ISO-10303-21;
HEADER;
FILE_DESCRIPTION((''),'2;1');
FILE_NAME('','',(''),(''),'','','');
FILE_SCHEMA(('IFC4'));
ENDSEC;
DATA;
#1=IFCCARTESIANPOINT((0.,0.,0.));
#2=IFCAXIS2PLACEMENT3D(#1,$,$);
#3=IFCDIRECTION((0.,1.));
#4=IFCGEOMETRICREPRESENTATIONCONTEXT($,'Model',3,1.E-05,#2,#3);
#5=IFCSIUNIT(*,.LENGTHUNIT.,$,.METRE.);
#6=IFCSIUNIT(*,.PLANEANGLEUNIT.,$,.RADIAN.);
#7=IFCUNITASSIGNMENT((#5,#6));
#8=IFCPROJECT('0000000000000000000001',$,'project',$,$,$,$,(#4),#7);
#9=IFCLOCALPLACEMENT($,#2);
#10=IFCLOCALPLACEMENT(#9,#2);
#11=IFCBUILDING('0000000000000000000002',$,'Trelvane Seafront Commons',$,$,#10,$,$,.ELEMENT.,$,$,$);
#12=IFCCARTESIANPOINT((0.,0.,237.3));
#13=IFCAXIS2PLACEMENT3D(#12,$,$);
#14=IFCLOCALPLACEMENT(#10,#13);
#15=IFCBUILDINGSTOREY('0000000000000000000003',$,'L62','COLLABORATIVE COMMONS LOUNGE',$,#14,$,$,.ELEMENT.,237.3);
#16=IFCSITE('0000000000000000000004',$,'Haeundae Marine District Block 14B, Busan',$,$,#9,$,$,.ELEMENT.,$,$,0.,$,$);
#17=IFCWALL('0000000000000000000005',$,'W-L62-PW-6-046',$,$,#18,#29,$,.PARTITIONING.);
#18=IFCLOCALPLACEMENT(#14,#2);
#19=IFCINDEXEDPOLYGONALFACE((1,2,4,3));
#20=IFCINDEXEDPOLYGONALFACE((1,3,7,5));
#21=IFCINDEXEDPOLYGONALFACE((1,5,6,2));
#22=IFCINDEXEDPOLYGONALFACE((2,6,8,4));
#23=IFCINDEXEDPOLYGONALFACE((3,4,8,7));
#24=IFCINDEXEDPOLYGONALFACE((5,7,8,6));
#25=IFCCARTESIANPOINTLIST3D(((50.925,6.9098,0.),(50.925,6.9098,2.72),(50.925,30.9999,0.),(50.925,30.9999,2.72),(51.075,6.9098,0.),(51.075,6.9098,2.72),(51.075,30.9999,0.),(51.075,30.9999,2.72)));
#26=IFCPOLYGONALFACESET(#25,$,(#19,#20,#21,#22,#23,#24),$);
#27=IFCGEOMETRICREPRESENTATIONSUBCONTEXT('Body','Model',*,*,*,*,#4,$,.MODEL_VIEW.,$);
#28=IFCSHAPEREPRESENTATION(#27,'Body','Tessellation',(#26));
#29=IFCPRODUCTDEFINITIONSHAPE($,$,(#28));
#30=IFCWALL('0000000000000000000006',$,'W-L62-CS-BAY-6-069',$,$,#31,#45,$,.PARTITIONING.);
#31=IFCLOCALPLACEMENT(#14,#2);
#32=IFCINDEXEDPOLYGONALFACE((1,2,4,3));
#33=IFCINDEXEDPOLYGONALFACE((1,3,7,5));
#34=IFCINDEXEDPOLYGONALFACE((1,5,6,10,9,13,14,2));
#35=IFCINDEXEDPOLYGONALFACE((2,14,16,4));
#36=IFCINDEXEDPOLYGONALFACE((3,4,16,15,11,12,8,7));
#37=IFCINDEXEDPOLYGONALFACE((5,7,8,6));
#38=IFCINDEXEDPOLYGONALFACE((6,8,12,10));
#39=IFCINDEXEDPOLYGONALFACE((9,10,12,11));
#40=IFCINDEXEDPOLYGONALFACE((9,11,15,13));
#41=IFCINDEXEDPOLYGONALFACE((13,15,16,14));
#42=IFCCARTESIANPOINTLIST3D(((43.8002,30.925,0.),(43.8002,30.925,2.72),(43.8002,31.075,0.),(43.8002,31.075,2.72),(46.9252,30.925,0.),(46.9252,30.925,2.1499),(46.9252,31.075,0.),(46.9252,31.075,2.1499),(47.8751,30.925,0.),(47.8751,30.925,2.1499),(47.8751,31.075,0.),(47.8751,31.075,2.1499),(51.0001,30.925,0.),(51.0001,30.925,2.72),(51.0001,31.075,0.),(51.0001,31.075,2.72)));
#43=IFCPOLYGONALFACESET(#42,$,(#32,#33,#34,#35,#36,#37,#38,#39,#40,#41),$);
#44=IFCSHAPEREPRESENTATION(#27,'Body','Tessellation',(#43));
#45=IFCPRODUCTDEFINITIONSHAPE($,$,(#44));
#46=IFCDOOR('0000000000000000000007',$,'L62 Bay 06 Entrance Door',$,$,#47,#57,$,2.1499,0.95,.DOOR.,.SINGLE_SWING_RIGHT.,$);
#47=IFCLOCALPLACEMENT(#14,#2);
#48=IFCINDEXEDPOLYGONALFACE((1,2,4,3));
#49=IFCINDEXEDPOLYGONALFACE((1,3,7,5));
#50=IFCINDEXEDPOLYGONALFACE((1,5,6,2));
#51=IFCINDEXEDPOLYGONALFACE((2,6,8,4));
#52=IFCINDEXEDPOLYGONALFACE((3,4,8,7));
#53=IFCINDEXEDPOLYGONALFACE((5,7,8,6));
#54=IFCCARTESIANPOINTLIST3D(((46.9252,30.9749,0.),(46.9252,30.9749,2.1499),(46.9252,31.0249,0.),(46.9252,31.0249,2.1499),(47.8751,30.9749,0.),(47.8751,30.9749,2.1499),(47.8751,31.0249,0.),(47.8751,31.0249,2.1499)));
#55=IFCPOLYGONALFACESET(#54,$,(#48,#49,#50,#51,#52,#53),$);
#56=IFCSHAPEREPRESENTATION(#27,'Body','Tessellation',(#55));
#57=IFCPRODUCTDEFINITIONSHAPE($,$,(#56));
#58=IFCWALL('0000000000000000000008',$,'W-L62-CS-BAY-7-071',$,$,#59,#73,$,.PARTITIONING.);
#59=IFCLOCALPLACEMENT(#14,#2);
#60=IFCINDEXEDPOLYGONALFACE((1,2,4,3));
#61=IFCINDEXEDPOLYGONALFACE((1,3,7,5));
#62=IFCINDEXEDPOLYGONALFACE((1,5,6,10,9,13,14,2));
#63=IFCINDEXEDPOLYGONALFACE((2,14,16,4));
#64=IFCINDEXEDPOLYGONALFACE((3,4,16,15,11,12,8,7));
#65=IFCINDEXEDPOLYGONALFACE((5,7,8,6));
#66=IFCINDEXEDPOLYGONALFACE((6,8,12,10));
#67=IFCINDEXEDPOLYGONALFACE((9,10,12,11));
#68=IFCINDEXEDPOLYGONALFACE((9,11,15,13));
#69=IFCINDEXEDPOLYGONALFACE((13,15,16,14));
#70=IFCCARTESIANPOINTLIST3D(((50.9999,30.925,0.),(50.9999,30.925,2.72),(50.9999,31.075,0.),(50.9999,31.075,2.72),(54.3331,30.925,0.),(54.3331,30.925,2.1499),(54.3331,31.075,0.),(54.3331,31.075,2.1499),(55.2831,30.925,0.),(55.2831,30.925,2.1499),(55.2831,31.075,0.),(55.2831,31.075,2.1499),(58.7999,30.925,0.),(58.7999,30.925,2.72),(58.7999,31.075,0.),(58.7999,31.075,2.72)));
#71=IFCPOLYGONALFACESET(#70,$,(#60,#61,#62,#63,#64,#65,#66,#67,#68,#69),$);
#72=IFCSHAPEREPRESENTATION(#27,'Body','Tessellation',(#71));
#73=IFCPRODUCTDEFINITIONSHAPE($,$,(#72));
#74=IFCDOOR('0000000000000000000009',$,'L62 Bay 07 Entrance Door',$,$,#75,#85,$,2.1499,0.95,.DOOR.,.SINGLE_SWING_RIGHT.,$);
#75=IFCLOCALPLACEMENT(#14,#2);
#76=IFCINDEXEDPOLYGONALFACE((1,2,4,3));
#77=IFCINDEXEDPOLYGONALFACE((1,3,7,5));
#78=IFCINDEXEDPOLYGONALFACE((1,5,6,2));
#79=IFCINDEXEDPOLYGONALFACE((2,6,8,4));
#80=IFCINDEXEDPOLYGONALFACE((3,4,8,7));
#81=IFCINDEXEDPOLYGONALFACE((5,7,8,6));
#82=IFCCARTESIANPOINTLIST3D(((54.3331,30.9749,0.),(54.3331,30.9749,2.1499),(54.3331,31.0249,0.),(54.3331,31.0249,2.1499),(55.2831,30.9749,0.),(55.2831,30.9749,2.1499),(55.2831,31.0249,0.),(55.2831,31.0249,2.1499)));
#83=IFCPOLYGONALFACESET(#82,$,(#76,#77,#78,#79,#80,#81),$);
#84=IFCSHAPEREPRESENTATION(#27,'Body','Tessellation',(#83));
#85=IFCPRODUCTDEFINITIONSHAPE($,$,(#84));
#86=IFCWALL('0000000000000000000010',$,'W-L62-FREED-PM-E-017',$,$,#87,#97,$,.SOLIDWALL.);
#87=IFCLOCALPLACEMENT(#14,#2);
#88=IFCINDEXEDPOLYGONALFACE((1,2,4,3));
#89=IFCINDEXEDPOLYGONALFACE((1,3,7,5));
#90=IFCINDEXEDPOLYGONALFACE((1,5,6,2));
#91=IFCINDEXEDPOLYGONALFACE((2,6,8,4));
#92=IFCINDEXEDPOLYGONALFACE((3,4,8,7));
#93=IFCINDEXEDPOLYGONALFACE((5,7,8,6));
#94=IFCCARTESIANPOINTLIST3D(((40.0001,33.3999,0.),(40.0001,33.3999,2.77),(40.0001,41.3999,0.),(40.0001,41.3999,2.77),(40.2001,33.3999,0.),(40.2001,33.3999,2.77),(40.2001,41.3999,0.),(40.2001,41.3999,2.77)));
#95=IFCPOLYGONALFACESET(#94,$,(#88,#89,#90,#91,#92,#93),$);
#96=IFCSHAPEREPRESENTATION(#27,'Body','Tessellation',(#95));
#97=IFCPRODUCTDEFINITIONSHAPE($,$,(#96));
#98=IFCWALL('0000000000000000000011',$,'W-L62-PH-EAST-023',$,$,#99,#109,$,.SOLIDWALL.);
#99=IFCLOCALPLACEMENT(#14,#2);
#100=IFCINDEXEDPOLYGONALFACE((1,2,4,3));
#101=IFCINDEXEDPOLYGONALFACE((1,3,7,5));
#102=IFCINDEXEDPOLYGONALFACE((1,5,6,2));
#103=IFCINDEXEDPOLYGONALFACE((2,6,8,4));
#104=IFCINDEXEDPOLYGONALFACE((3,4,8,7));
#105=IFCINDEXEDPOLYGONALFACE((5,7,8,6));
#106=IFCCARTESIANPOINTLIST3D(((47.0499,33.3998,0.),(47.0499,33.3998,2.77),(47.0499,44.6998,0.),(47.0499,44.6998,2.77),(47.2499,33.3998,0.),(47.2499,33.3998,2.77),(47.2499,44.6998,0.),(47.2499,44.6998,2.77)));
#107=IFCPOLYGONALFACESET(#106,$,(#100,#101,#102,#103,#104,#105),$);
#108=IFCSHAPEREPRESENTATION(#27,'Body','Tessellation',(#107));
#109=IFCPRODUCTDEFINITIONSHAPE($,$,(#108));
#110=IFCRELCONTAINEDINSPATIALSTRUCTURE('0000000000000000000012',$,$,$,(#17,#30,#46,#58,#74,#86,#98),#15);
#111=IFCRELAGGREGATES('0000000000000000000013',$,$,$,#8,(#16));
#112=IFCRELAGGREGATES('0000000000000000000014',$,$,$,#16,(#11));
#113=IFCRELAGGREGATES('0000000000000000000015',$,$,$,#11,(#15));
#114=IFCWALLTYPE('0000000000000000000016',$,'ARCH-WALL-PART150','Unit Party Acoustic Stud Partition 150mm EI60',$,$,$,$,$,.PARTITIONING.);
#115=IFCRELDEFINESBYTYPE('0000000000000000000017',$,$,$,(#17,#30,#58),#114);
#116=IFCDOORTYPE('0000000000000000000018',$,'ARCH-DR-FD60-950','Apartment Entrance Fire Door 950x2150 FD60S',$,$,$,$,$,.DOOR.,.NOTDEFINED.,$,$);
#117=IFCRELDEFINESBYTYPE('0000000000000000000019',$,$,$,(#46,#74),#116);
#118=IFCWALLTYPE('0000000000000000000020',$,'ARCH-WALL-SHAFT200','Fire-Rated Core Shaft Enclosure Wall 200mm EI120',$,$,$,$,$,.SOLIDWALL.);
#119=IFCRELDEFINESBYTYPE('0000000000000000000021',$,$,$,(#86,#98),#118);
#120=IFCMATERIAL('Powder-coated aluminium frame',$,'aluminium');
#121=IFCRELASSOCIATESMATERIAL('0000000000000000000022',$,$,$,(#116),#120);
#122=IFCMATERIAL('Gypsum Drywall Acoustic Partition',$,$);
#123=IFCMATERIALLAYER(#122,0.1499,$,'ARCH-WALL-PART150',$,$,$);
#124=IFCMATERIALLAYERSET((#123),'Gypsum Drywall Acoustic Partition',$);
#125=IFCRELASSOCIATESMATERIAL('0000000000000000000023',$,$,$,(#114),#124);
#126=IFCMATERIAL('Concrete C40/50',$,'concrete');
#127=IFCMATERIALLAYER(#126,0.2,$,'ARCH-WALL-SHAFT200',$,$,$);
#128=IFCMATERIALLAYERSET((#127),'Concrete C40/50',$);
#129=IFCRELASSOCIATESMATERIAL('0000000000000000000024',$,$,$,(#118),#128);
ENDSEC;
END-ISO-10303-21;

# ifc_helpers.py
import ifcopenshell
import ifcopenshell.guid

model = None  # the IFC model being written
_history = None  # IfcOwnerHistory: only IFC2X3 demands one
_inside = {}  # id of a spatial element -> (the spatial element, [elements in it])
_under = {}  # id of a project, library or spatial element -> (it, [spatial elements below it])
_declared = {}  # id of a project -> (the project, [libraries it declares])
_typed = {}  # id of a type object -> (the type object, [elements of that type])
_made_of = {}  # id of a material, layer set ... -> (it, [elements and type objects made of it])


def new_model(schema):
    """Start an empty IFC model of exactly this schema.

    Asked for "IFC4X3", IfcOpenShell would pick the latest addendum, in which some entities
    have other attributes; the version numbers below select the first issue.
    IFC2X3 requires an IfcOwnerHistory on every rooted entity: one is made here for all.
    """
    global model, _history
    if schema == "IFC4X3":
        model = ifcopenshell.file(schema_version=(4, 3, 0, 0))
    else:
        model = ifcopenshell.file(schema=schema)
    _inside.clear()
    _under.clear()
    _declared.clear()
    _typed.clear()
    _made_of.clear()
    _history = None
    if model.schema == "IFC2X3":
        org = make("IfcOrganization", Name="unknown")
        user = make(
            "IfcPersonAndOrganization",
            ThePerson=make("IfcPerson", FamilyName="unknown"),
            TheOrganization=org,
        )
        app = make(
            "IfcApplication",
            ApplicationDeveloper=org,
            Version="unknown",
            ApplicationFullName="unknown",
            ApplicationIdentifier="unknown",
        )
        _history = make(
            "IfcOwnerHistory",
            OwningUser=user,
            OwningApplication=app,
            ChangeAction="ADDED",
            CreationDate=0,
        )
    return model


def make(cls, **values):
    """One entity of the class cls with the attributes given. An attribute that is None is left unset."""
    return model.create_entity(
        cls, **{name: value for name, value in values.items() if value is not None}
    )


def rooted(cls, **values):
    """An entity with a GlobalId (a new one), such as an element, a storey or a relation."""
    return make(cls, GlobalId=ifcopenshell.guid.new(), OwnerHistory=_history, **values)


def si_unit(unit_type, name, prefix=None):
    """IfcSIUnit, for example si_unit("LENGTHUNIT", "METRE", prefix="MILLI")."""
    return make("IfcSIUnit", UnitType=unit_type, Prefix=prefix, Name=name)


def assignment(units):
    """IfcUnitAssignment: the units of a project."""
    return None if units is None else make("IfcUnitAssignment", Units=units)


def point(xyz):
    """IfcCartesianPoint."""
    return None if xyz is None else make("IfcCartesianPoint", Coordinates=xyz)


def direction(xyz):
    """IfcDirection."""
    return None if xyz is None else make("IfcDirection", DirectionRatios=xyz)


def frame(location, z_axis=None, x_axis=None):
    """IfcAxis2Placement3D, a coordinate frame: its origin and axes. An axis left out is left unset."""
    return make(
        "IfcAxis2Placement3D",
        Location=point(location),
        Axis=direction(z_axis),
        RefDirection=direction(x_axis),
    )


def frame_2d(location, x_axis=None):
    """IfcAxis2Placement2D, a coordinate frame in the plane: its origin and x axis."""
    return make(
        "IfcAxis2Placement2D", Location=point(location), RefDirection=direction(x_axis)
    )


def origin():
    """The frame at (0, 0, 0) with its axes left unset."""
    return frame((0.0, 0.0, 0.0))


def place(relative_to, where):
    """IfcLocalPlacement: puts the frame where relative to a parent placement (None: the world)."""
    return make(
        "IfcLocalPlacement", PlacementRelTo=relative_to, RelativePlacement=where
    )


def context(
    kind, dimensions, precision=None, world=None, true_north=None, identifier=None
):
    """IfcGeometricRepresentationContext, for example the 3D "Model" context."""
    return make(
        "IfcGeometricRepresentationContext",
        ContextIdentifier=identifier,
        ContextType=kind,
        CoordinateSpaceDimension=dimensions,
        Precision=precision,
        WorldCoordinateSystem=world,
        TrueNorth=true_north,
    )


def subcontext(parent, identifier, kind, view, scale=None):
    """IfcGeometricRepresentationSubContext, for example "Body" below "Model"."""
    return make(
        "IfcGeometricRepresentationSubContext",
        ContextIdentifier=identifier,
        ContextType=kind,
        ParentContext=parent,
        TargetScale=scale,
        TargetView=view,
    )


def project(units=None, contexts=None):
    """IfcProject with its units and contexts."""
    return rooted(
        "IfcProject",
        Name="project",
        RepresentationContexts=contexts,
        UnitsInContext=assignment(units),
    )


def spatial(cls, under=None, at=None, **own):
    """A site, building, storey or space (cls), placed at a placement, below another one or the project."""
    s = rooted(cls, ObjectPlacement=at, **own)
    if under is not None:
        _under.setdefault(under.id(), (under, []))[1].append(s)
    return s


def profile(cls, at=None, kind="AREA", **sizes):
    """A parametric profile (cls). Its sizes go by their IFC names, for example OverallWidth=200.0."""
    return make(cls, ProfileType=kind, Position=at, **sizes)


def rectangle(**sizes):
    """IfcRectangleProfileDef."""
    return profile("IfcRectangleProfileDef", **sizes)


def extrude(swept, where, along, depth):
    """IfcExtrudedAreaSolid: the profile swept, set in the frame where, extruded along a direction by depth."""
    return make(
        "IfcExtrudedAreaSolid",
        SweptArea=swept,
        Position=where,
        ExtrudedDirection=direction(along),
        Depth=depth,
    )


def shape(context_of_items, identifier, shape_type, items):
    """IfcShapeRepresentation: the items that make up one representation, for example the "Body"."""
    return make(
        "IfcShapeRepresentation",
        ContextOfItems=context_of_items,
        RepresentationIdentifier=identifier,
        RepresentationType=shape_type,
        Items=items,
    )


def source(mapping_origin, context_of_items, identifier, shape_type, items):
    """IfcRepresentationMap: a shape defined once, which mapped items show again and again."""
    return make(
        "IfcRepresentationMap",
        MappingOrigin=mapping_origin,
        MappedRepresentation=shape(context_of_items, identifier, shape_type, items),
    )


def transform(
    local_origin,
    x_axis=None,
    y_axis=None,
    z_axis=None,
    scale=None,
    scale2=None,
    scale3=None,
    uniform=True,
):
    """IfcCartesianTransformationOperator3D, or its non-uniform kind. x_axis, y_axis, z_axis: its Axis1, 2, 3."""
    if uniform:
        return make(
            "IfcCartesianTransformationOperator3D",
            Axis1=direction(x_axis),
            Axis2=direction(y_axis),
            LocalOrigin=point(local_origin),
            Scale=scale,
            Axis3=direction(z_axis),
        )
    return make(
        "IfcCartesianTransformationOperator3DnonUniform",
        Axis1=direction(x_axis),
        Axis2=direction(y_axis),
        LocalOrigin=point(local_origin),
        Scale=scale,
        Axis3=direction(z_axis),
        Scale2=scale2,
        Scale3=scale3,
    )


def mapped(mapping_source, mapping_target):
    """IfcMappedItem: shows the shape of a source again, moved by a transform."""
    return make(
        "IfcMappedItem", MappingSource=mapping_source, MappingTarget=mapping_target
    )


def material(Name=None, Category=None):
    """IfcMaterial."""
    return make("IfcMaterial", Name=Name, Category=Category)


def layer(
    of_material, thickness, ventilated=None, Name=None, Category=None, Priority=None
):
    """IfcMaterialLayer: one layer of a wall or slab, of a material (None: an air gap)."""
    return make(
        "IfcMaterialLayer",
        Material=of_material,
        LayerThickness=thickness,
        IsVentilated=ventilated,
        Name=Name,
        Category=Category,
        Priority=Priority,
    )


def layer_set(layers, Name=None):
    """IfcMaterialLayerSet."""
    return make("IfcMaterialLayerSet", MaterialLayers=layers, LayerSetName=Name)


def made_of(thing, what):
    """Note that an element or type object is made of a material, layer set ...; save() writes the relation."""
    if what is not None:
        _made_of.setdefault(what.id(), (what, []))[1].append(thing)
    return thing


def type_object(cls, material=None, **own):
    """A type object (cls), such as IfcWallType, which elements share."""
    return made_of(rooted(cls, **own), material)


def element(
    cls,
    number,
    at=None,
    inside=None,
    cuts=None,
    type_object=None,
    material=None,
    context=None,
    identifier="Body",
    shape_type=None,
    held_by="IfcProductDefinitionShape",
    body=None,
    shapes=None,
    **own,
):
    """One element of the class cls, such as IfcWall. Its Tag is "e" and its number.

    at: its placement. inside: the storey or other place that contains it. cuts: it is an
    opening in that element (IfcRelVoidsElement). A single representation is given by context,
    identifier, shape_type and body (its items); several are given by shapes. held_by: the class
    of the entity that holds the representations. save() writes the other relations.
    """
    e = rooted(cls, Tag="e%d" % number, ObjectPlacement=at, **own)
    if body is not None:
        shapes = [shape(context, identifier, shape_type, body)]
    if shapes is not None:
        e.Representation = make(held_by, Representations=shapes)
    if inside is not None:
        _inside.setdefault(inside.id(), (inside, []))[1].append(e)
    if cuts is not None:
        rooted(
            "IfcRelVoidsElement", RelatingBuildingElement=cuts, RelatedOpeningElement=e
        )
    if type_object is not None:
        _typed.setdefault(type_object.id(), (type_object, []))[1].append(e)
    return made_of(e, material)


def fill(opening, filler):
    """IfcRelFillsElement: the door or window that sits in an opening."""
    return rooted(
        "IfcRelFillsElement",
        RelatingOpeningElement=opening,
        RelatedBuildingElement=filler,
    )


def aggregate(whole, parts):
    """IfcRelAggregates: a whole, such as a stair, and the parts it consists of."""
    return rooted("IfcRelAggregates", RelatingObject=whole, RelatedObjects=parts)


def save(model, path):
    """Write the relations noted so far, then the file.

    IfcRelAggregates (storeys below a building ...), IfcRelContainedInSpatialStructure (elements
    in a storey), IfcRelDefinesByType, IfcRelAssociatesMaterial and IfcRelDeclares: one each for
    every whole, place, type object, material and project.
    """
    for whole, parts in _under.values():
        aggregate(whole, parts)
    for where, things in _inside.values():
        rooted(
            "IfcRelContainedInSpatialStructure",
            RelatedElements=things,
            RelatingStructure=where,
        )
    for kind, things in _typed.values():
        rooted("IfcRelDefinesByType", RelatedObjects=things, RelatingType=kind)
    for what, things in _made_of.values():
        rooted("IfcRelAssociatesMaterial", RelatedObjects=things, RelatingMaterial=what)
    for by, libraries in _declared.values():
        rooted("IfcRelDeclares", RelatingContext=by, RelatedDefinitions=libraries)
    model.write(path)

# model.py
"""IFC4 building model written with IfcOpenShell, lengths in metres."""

from ifc_helpers import new_model, si_unit, direction, frame, frame_2d, origin, place, context, subcontext, project, spatial, rectangle, extrude, source, transform, mapped, material, layer, layer_set, type_object, element, fill, save


model = new_model("IFC4")

# Units and contexts
model_context = context("Model", 3, precision=1e-05, world=origin(), true_north=direction((0.0, 1.0)))
body_context = subcontext(model_context, "Body", "Model", "MODEL_VIEW")
ifc_project = project(units=[si_unit("LENGTHUNIT", "METRE"), si_unit("PLANEANGLEUNIT", "RADIAN")], contexts=[model_context])

# Site, building, storey
site_placement = place(None, origin())
site = spatial("IfcSite", under=ifc_project, at=site_placement, Name="Haeundae Marine District Block 14B, Busan", CompositionType="ELEMENT", RefElevation=0.0)
building_placement = place(site_placement, origin())
building = spatial("IfcBuilding", under=site, at=building_placement, Name="Trelvane Seafront Commons", CompositionType="ELEMENT")
storey_placement = place(building_placement, frame((0.0, 0.0, 237.3)))
storey = spatial("IfcBuildingStorey", under=building, at=storey_placement, Name="L62", Description="COLLABORATIVE COMMONS LOUNGE", CompositionType="ELEMENT", Elevation=237.3)

# Shared definitions
ifc_material_1 = material(Name="Concrete C40/50", Category="concrete")
ifc_material_2 = material(Name="Powder-coated aluminium frame", Category="aluminium")

# Shared definitions
door_type_1 = type_object("IfcDoorType", Name="ARCH-DR-FD60-950", Description="Apartment Entrance Fire Door 950x2150 FD60S", OperationType="NOTDEFINED", PredefinedType="DOOR", material=ifc_material_2)
shared_shape_1 = source(origin(), body_context, "Body", "SweptSolid", [
    extrude(rectangle(XDim=0.95, YDim=2.1499, at=frame_2d((0.4751, 1.075))), frame((0.0, 0.0249, 0.0), z_axis=(0.0, -1.0, 0.0), x_axis=(1.0, 0.0, 0.0)), (0.0, 0.0, 1.0), 0.05),
])

# Shared definitions
ifc_material_3 = material(Name="Gypsum Drywall Acoustic Partition")

# Wall
ifc_layer_1 = layer(ifc_material_3, 0.1499, Name="ARCH-WALL-PART150")
ifc_layer_set_1 = layer_set([ifc_layer_1], Name="Gypsum Drywall Acoustic Partition")
wall_type_1 = type_object("IfcWallType", Name="ARCH-WALL-PART150", Description="Unit Party Acoustic Stud Partition 150mm EI60", PredefinedType="PARTITIONING", material=ifc_layer_set_1)
wall_1_placement = place(storey_placement, frame((51.0, 6.9099, 0.0), z_axis=(0.0, 0.0, 1.0), x_axis=(0.0, 1.0, 0.0)))
element("IfcWall", 1, at=wall_1_placement, inside=storey, type_object=wall_type_1, Name="W-L62-PW-6-046", PredefinedType="PARTITIONING", context=body_context, shape_type="SweptSolid", body=[
    extrude(rectangle(XDim=24.0901, YDim=0.1499, at=frame_2d((12.0449, 0.0))), origin(), (0.0, 0.0, 1.0), 2.72),
])

# Walls, openings, doors
wall_2_placement = place(storey_placement, frame((43.8, 31.0, 0.0), z_axis=(0.0, 0.0, 1.0), x_axis=(1.0, 0.0, 0.0)))
wall_2 = element("IfcWall", 2, at=wall_2_placement, inside=storey, type_object=wall_type_1, Name="W-L62-CS-BAY-6-069", PredefinedType="PARTITIONING", context=body_context, shape_type="SweptSolid", body=[
    extrude(rectangle(XDim=7.2, YDim=0.1499, at=frame_2d((3.6001, 0.0))), origin(), (0.0, 0.0, 1.0), 2.72),
])
opening_1_placement = place(wall_2_placement, frame((3.125, 0.0, 0.0)))
opening_1 = element("IfcOpeningElement", 3, at=opening_1_placement, cuts=wall_2, PredefinedType="OPENING", context=body_context, shape_type="SweptSolid", body=[
    extrude(rectangle(XDim=0.95, YDim=2.1499, at=frame_2d((0.4751, 1.075))), frame((0.0, 0.085, 0.0), z_axis=(0.0, -1.0, 0.0), x_axis=(1.0, 0.0, 0.0)), (0.0, 0.0, 1.0), 0.1699),
])
door_1_placement = place(opening_1_placement, origin())
door_1 = element("IfcDoor", 4, at=door_1_placement, inside=storey, type_object=door_type_1, Name="L62 Bay 06 Entrance Door", OperationType="SINGLE_SWING_RIGHT", OverallHeight=2.1499, OverallWidth=0.95, PredefinedType="DOOR", context=body_context, shape_type="MappedRepresentation", body=[
    mapped(shared_shape_1, transform((0.0, 0.0, 0.0), x_axis=(1.0, 0.0, 0.0), y_axis=(0.0, 1.0, 0.0), z_axis=(0.0, 0.0, 1.0), scale=1.0)),
])
fill(opening_1, door_1)
wall_3_placement = place(storey_placement, frame((51.0, 31.0, 0.0), z_axis=(0.0, 0.0, 1.0), x_axis=(1.0, 0.0, 0.0)))
wall_3 = element("IfcWall", 5, at=wall_3_placement, inside=storey, type_object=wall_type_1, Name="W-L62-CS-BAY-7-071", PredefinedType="PARTITIONING", context=body_context, shape_type="SweptSolid", body=[
    extrude(rectangle(XDim=7.8, YDim=0.1499, at=frame_2d((3.8999, 0.0))), origin(), (0.0, 0.0, 1.0), 2.72),
])
opening_2_placement = place(wall_3_placement, frame((3.333, 0.0, 0.0)))
opening_2 = element("IfcOpeningElement", 6, at=opening_2_placement, cuts=wall_3, PredefinedType="OPENING", context=body_context, shape_type="SweptSolid", body=[
    extrude(rectangle(XDim=0.95, YDim=2.1499, at=frame_2d((0.4751, 1.075))), frame((0.0, 0.085, 0.0), z_axis=(0.0, -1.0, 0.0), x_axis=(1.0, 0.0, 0.0)), (0.0, 0.0, 1.0), 0.1699),
])
door_2_placement = place(opening_2_placement, origin())
door_2 = element("IfcDoor", 7, at=door_2_placement, inside=storey, type_object=door_type_1, Name="L62 Bay 07 Entrance Door", OperationType="SINGLE_SWING_RIGHT", OverallHeight=2.1499, OverallWidth=0.95, PredefinedType="DOOR", context=body_context, shape_type="MappedRepresentation", body=[
    mapped(shared_shape_1, transform((0.0, 0.0, 0.0), x_axis=(1.0, 0.0, 0.0), y_axis=(0.0, 1.0, 0.0), z_axis=(0.0, 0.0, 1.0), scale=1.0)),
])
fill(opening_2, door_2)

# Walls
ifc_layer_2 = layer(ifc_material_1, 0.2, Name="ARCH-WALL-SHAFT200")
ifc_layer_set_2 = layer_set([ifc_layer_2], Name="Concrete C40/50")
wall_type_2 = type_object("IfcWallType", Name="ARCH-WALL-SHAFT200", Description="Fire-Rated Core Shaft Enclosure Wall 200mm EI120", PredefinedType="SOLIDWALL", material=ifc_layer_set_2)
wall_4_placement = place(storey_placement, frame((40.1001, 33.3999, 0.0), z_axis=(0.0, 0.0, 1.0), x_axis=(0.0, 1.0, 0.0)))
element("IfcWall", 8, at=wall_4_placement, inside=storey, type_object=wall_type_2, Name="W-L62-FREED-PM-E-017", PredefinedType="SOLIDWALL", context=body_context, shape_type="SweptSolid", body=[
    extrude(rectangle(XDim=8.0, YDim=0.2, at=frame_2d((4.0, 0.0))), origin(), (0.0, 0.0, 1.0), 2.77),
])
wall_5_placement = place(storey_placement, frame((47.1499, 33.3999, 0.0), z_axis=(0.0, 0.0, 1.0), x_axis=(0.0, 1.0, 0.0)))
element("IfcWall", 9, at=wall_5_placement, inside=storey, type_object=wall_type_2, Name="W-L62-PH-EAST-023", PredefinedType="SOLIDWALL", context=body_context, shape_type="SweptSolid", body=[
    extrude(rectangle(XDim=11.3, YDim=0.2, at=frame_2d((5.6499, 0.0))), origin(), (0.0, 0.0, 1.0), 2.77),
])

save(model, "model.ifc")
